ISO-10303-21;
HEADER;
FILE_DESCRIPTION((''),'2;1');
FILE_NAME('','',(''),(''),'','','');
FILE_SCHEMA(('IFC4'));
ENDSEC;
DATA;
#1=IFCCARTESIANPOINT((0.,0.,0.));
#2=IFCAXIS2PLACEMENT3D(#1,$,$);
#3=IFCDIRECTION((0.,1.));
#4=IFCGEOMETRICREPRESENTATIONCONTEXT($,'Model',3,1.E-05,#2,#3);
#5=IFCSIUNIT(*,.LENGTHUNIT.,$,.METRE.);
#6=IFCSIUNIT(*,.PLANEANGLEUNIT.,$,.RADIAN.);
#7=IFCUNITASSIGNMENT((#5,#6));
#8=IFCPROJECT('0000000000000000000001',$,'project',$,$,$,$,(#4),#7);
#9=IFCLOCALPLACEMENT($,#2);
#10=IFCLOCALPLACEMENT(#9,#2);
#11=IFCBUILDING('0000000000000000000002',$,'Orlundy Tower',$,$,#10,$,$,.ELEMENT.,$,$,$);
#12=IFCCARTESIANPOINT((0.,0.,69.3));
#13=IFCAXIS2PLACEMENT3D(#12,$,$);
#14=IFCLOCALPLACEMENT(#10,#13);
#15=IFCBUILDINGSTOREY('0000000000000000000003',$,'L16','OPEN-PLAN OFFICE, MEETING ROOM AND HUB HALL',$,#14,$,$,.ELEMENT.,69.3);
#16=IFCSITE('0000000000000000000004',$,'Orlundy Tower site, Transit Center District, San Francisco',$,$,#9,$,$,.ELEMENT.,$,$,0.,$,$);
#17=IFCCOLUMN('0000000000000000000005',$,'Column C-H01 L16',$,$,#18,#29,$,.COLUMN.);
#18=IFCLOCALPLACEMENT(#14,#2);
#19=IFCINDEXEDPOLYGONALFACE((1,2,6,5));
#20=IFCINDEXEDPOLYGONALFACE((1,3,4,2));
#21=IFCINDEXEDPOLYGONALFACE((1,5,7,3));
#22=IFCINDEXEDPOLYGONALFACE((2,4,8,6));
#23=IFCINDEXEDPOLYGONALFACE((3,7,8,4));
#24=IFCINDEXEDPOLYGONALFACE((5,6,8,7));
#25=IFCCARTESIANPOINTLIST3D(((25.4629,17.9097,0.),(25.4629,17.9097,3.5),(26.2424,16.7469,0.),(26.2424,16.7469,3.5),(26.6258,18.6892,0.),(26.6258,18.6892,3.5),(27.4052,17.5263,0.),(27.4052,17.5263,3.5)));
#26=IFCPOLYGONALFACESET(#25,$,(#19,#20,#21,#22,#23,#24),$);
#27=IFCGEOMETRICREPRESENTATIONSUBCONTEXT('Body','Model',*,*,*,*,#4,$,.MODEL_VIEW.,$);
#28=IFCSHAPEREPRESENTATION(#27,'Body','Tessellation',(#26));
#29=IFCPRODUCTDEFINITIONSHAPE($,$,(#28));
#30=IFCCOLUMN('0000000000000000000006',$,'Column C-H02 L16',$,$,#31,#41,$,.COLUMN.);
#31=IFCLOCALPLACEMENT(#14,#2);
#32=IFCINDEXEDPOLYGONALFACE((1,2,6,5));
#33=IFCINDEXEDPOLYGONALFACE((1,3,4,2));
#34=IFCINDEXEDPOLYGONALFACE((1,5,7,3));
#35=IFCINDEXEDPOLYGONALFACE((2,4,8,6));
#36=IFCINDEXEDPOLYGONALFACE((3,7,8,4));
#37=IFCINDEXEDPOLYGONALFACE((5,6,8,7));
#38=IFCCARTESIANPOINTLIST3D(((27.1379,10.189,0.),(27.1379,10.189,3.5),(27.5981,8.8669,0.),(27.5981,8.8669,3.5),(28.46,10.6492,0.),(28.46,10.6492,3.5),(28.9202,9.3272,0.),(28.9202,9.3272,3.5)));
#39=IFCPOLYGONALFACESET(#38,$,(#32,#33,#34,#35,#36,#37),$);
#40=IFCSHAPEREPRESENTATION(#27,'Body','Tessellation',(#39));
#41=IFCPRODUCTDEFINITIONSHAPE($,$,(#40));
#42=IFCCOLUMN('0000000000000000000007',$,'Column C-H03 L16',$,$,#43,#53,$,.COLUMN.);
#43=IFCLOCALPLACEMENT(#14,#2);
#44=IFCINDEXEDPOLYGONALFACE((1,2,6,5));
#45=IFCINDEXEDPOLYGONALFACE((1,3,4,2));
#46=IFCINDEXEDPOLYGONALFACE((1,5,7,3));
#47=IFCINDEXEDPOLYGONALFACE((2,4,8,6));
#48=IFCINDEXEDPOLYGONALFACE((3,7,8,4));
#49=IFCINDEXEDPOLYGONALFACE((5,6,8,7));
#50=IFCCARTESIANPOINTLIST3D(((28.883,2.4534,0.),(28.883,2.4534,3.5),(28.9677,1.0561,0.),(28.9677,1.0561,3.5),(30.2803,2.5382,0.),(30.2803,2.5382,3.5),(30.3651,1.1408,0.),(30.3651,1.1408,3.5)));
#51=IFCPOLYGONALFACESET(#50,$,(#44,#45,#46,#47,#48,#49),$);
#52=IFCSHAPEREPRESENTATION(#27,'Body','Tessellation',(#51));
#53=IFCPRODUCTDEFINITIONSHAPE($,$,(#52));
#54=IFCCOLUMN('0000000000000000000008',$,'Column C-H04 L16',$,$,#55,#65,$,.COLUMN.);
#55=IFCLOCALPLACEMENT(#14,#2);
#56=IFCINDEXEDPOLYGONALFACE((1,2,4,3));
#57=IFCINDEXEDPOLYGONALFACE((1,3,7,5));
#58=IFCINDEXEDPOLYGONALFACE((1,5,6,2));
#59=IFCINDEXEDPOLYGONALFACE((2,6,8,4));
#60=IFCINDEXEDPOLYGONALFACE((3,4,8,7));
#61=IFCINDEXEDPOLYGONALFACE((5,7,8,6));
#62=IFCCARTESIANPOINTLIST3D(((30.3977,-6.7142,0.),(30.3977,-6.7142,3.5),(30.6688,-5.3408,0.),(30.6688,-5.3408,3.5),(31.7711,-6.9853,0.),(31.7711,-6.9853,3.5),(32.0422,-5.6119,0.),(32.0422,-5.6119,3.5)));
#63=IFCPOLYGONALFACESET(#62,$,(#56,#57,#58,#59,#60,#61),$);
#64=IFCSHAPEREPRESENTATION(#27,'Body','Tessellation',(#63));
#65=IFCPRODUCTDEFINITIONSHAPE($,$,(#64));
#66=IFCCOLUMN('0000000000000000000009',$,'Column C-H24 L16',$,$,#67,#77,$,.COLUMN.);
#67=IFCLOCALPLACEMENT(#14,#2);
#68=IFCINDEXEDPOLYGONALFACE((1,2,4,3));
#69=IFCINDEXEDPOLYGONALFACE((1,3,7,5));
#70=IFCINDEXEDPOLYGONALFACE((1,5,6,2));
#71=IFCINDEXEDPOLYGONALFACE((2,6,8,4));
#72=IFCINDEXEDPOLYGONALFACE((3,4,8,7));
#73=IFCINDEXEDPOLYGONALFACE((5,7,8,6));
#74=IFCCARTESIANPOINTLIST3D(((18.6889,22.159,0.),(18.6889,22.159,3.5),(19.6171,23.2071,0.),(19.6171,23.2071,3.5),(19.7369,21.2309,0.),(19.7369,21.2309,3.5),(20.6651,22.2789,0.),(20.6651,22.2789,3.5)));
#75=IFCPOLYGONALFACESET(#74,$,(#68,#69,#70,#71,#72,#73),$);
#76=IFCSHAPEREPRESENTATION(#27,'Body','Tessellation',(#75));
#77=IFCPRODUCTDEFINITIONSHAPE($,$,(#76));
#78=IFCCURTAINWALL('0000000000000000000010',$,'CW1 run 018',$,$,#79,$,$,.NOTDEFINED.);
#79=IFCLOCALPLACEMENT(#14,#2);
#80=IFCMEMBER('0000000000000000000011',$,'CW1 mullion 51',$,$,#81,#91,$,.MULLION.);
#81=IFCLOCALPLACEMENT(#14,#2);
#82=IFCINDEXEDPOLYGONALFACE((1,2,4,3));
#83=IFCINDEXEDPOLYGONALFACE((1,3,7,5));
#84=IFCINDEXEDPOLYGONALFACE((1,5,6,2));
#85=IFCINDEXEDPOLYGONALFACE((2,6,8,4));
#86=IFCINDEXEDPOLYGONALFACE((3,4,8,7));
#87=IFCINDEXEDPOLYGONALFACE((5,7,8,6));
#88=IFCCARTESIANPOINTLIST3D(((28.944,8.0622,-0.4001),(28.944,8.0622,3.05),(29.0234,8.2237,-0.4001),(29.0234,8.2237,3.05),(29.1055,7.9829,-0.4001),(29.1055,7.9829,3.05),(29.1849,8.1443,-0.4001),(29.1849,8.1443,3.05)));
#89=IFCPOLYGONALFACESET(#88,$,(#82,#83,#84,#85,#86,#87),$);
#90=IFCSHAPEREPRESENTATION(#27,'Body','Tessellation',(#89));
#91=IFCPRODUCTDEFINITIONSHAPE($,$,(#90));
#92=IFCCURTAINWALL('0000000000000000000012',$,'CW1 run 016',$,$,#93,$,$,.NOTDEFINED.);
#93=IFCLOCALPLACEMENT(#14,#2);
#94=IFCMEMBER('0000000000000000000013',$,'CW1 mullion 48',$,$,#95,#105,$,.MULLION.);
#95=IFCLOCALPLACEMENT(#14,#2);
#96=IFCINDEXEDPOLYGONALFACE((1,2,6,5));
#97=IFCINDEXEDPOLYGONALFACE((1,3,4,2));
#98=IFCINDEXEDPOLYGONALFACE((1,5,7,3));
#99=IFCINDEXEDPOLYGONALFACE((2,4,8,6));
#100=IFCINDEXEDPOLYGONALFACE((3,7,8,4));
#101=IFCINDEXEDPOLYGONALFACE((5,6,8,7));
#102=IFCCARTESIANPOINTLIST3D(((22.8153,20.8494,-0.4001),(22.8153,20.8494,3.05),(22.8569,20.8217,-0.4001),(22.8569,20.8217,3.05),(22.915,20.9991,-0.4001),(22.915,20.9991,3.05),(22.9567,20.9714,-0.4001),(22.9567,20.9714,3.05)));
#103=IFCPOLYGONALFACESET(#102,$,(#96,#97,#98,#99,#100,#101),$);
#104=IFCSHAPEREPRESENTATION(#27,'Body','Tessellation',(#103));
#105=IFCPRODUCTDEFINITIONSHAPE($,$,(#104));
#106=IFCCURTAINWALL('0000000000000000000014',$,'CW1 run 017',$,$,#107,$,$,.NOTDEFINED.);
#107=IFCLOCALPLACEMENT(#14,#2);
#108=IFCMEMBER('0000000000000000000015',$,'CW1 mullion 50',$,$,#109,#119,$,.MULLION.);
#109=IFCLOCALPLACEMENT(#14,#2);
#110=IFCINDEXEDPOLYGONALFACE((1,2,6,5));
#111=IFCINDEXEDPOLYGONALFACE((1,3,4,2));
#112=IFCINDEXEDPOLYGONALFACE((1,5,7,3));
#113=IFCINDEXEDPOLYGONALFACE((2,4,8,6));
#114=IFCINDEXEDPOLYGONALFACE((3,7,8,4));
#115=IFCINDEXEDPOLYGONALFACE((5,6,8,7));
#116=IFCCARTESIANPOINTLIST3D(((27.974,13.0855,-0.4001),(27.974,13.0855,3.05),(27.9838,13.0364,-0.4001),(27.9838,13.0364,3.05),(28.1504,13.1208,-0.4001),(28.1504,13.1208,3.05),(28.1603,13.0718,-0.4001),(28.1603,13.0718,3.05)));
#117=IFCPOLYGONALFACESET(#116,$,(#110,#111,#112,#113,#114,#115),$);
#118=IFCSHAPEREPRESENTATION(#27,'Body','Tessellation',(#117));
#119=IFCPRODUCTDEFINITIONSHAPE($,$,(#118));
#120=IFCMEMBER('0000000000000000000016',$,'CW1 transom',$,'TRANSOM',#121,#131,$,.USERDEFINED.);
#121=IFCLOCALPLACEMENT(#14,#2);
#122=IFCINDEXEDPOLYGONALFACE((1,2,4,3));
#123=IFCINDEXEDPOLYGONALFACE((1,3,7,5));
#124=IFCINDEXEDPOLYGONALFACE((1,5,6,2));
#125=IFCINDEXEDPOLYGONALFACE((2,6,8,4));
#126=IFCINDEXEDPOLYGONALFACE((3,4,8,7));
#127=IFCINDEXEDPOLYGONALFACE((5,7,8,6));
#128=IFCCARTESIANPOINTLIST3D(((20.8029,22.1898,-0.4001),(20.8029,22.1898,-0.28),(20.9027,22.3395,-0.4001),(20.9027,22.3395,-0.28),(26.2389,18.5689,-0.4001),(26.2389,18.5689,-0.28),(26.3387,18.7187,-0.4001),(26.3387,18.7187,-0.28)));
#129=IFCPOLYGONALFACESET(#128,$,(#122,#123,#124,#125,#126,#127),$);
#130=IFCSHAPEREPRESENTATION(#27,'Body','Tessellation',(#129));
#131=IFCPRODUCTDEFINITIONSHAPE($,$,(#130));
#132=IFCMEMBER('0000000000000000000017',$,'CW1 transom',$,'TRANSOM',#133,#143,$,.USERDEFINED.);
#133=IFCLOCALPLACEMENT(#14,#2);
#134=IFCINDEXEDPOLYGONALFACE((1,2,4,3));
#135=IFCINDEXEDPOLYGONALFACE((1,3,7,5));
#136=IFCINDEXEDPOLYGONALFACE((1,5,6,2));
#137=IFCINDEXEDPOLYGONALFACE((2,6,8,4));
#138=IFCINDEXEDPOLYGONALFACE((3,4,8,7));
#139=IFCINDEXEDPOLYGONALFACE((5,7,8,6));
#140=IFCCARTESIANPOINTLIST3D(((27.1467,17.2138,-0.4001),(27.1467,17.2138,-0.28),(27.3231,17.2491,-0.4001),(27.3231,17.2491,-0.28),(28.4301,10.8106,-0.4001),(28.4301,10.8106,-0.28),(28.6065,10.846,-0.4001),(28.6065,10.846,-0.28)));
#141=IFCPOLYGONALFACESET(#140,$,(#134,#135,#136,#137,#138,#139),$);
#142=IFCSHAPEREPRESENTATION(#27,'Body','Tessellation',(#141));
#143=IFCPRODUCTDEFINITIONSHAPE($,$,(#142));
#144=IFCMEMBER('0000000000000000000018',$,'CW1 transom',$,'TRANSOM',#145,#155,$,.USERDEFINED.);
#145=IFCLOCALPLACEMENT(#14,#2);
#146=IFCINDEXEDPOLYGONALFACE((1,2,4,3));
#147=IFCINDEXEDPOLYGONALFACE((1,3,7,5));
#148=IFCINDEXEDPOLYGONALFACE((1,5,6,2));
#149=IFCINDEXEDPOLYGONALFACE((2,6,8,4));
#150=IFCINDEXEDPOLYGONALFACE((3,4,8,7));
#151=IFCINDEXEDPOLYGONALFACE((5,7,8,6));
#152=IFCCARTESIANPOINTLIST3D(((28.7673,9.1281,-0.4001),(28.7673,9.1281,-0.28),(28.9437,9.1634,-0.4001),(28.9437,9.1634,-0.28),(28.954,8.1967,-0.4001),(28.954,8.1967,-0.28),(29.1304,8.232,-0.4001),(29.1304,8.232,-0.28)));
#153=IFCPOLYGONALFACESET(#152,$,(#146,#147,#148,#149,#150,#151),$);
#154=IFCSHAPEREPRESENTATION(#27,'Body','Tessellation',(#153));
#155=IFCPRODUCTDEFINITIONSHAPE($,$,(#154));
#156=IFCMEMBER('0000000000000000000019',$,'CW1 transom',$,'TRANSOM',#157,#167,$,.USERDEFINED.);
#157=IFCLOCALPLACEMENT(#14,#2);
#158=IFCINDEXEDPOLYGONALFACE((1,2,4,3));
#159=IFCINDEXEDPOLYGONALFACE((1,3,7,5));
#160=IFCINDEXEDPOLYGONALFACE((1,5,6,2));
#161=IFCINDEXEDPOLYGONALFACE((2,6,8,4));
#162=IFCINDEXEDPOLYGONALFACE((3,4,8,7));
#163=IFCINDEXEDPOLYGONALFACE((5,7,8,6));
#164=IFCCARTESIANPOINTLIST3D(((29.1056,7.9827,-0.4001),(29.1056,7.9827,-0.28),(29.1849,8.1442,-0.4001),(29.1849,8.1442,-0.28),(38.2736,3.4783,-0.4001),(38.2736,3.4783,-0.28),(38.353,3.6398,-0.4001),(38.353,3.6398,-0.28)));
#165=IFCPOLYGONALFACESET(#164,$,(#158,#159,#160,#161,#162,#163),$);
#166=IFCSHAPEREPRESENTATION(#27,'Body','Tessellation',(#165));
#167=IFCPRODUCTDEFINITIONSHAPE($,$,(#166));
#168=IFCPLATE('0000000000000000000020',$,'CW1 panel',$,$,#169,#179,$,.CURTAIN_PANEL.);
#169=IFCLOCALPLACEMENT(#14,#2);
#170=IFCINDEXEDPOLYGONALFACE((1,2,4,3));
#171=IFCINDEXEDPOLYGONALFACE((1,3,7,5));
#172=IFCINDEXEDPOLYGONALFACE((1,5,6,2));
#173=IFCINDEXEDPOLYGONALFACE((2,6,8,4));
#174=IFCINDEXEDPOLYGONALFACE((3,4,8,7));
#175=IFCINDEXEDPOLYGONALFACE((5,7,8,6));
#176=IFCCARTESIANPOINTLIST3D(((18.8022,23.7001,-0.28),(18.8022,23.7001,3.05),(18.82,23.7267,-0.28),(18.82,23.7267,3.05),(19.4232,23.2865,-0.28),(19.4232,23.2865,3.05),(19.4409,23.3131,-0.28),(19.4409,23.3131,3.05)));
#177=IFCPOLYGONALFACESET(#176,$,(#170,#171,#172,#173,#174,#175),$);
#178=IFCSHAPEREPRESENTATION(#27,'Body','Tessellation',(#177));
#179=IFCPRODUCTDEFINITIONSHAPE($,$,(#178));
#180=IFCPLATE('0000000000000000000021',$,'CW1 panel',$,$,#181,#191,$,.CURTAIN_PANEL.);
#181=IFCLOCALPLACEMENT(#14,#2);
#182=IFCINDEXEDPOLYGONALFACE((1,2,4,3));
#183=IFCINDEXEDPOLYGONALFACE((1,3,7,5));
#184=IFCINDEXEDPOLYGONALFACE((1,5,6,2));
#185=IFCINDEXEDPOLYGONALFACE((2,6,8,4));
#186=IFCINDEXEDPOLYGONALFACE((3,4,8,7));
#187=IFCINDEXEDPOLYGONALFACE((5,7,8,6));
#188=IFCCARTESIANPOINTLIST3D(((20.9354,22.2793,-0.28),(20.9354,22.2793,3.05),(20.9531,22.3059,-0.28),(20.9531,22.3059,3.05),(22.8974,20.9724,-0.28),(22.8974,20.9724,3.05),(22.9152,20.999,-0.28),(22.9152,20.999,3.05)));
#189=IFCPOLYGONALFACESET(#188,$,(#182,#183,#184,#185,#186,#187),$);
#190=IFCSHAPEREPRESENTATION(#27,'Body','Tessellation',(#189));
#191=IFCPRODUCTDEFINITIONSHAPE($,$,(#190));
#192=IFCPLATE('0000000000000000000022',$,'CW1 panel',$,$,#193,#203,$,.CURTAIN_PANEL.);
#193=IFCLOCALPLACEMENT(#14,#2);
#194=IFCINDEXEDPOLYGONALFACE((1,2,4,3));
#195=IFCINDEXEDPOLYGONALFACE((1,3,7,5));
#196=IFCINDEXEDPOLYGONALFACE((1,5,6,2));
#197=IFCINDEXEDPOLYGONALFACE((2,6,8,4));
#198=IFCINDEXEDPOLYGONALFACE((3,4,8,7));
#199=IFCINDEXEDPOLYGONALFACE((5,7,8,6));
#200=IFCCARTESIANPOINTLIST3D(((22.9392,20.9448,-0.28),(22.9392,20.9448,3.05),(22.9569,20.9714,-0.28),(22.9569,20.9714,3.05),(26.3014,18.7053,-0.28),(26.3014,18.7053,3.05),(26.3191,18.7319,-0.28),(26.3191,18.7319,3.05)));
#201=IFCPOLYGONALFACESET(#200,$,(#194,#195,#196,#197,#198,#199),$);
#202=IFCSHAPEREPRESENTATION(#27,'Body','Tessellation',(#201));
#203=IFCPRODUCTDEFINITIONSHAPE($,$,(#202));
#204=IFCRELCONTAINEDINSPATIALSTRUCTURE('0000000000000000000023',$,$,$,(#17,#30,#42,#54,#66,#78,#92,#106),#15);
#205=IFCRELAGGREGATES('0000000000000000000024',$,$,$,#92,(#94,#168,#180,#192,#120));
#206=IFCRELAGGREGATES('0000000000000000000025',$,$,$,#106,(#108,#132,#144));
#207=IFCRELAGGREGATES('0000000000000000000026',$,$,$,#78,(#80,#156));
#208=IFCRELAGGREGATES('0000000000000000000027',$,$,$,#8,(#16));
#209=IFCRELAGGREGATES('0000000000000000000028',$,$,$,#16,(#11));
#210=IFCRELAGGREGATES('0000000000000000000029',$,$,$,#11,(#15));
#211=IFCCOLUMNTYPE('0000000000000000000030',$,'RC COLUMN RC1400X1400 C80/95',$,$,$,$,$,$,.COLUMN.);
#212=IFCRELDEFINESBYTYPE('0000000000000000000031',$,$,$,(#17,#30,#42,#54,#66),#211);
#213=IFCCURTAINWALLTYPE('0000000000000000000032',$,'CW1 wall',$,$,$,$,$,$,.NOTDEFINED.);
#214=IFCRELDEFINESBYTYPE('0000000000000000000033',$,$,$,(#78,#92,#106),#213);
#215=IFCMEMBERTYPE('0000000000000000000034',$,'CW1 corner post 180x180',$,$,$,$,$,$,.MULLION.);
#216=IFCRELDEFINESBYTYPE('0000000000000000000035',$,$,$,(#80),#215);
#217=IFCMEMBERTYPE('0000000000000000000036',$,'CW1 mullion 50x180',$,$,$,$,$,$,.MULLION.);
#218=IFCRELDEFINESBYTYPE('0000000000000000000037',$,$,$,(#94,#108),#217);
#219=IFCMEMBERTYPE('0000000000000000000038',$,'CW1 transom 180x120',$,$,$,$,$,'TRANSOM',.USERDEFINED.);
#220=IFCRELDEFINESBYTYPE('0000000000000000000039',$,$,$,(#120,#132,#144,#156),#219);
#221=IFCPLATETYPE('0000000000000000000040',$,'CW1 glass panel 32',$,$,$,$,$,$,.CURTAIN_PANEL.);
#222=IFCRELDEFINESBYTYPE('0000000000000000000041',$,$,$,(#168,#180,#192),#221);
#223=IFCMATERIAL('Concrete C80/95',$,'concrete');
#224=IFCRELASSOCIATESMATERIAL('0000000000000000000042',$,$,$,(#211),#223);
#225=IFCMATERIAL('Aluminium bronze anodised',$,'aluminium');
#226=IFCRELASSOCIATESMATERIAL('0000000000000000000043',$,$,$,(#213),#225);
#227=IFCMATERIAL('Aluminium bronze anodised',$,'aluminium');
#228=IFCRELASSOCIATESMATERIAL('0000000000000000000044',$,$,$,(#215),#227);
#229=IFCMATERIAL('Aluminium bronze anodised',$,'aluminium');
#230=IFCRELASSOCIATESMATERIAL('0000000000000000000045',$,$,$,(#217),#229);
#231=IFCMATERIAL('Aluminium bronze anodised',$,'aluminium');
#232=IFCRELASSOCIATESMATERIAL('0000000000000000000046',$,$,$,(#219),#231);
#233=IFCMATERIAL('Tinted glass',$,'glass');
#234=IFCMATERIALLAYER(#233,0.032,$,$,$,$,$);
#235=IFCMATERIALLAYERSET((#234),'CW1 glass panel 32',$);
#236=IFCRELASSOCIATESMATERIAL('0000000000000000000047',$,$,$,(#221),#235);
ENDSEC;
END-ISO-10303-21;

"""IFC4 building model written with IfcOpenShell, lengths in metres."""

from ifc_helpers import new_model, si_unit, direction, frame, origin, origin_2d, place, context, subcontext, project, spatial, rectangle, extrude, material, layer, layer_set, material_profile, profile_set, type_object, element, aggregate, save


model = new_model("IFC4")

# Units and contexts
model_context = context("Model", 3, precision=1e-05, world=origin(), true_north=direction((0.0, 1.0)))
body_context = subcontext(model_context, "Body", "Model", "MODEL_VIEW")
ifc_project = project(units=[si_unit("LENGTHUNIT", "METRE"), si_unit("PLANEANGLEUNIT", "RADIAN")], contexts=[model_context])

# Site, building, storey
site_placement = place(None, origin())
site = spatial("IfcSite", under=ifc_project, at=site_placement, Name="Orlundy Tower site, Transit Center District, San Francisco", CompositionType="ELEMENT", RefElevation=0.0)
building_placement = place(site_placement, origin())
building = spatial("IfcBuilding", under=site, at=building_placement, Name="Orlundy Tower", CompositionType="ELEMENT")
storey_placement = place(building_placement, frame((0.0, 0.0, 69.3)))
storey = spatial("IfcBuildingStorey", under=building, at=storey_placement, Name="L16", Description="OPEN-PLAN OFFICE, MEETING ROOM AND HUB HALL", CompositionType="ELEMENT", Elevation=69.3)

# Columns
ifc_material_1 = material(Name="Concrete C80/95", Category="concrete")
ifc_material_profile_1 = material_profile(ifc_material_1, rectangle(XDim=1.3999, YDim=1.3999, at=origin_2d()), Name="RC1400X1400")
ifc_profile_set_1 = profile_set([ifc_material_profile_1], Name="Concrete C80/95")
column_type = type_object("IfcColumnType", Name="RC COLUMN RC1400X1400 C80/95", PredefinedType="COLUMN", material=ifc_profile_set_1)
for number, where, z_axis, x_axis, name in (
    (1, (26.4341, 17.718, 0.0), (0.0, 0.0, 1.0), (0.830664, 0.556774, 0.0), "Column C-H01 L16"),
    (2, (28.0291, 9.7581, 0.0), (0.0, 0.0, 1.0), (0.944405, 0.328784, 0.0), "Column C-H02 L16"),
    (3, (29.624, 1.7971, 0.0), (0.0, 0.0, 1.0), (0.998166, 0.060543, 0.0), "Column C-H03 L16"),
    (4, (31.22, -6.1631, 0.0), (0.0, 0.0, 1.0), (0.981067, -0.193669, 0.0), "Column C-H04 L16"),
    (5, (19.677, 22.219, 0.0), (0.0, 0.0, 1.0), (0.662986, 0.748632, 0.0), "Column C-H24 L16"),
):
    element("IfcColumn", number, at=place(storey_placement, frame(where, z_axis=z_axis, x_axis=x_axis)), inside=storey, type_object=column_type, Name=name, PredefinedType="COLUMN", context=body_context, shape_type="SweptSolid", body=[
        extrude(rectangle(XDim=1.3999, YDim=1.3999, at=origin_2d()), origin(), (0.0, 0.0, 1.0), 3.5),
    ])

# Curtain walls, members
ifc_material_2 = material(Name="Aluminium bronze anodised", Category="aluminium")
curtain_wall_type = type_object("IfcCurtainWallType", Name="CW1 wall", PredefinedType="NOTDEFINED", material=ifc_material_2)
curtain_wall_1_placement = place(storey_placement, origin())
curtain_wall_1 = element("IfcCurtainWall", 6, at=curtain_wall_1_placement, inside=storey, type_object=curtain_wall_type, Name="CW1 run 018", PredefinedType="NOTDEFINED")
ifc_material_3 = material(Name="Aluminium bronze anodised", Category="aluminium")
ifc_material_profile_2 = material_profile(ifc_material_3, rectangle(XDim=0.1799, YDim=0.1799, at=origin_2d()), Name="CW1 corner post 180x180")
ifc_profile_set_2 = profile_set([ifc_material_profile_2], Name="Aluminium bronze anodised")
member_type_1 = type_object("IfcMemberType", Name="CW1 corner post 180x180", PredefinedType="MULLION", material=ifc_profile_set_2)
member_1_placement = place(storey_placement, frame((29.0645, 8.1033, -0.4001), z_axis=(0.0, 0.0, 1.0), x_axis=(0.440978, 0.897518, 0.0)))
member_1 = element("IfcMember", 7, at=member_1_placement, type_object=member_type_1, Name="CW1 mullion 51", PredefinedType="MULLION", context=body_context, shape_type="SweptSolid", body=[
    extrude(rectangle(XDim=0.1799, YDim=0.1799, at=origin_2d()), origin(), (0.0, 0.0, 1.0), 3.4502),
])
curtain_wall_2_placement = place(storey_placement, origin())
curtain_wall_2 = element("IfcCurtainWall", 8, at=curtain_wall_2_placement, inside=storey, type_object=curtain_wall_type, Name="CW1 run 016", PredefinedType="NOTDEFINED")
ifc_material_4 = material(Name="Aluminium bronze anodised", Category="aluminium")
ifc_material_profile_3 = material_profile(ifc_material_4, rectangle(XDim=0.1799, YDim=0.05, at=origin_2d()), Name="CW1 mullion 50x180")
ifc_profile_set_3 = profile_set([ifc_material_profile_3], Name="Aluminium bronze anodised")
member_type_2 = type_object("IfcMemberType", Name="CW1 mullion 50x180", PredefinedType="MULLION", material=ifc_profile_set_3)
member_2_placement = place(storey_placement, frame((22.886, 20.9104, -0.4001), z_axis=(0.0, 0.0, 1.0), x_axis=(0.554357, 0.832279, 0.0)))
member_2 = element("IfcMember", 9, at=member_2_placement, type_object=member_type_2, Name="CW1 mullion 48", PredefinedType="MULLION", context=body_context, shape_type="SweptSolid", body=[
    extrude(rectangle(XDim=0.1799, YDim=0.05, at=origin_2d()), origin(), (0.0, 0.0, 1.0), 3.4502),
])
curtain_wall_3_placement = place(storey_placement, origin())
curtain_wall_3 = element("IfcCurtainWall", 10, at=curtain_wall_3_placement, inside=storey, type_object=curtain_wall_type, Name="CW1 run 017", PredefinedType="NOTDEFINED")
member_3_placement = place(storey_placement, frame((28.0671, 13.0786, -0.4001), z_axis=(0.0, 0.0, 1.0), x_axis=(0.980498, 0.196529, 0.0)))
member_3 = element("IfcMember", 11, at=member_3_placement, type_object=member_type_2, Name="CW1 mullion 50", PredefinedType="MULLION", context=body_context, shape_type="SweptSolid", body=[
    extrude(rectangle(XDim=0.1799, YDim=0.05, at=origin_2d()), origin(), (0.0, 0.0, 1.0), 3.4502),
])

# Members
ifc_material_5 = material(Name="Aluminium bronze anodised", Category="aluminium")
ifc_material_profile_4 = material_profile(ifc_material_5, rectangle(XDim=0.1799, YDim=0.1201, at=origin_2d()), Name="CW1 transom 180x120")
ifc_profile_set_4 = profile_set([ifc_material_profile_4], Name="Aluminium bronze anodised")
member_type_3 = type_object("IfcMemberType", Name="CW1 transom 180x120", ElementType="TRANSOM", PredefinedType="USERDEFINED", material=ifc_profile_set_4)
member_4_placement = place(storey_placement, frame((20.8528, 22.2646, -0.3401), z_axis=(0.832274, -0.554364, 0.0), x_axis=(0.554364, 0.832274, 0.0)))
member_4 = element("IfcMember", 12, at=member_4_placement, type_object=member_type_3, Name="CW1 transom", ObjectType="TRANSOM", PredefinedType="USERDEFINED", context=body_context, shape_type="SweptSolid", body=[
    extrude(rectangle(XDim=0.1799, YDim=0.1201, at=origin_2d()), origin(), (0.0, 0.0, 1.0), 6.5315),
])
member_5_placement = place(storey_placement, frame((27.2349, 17.2314, -0.3401), z_axis=(0.196533, -0.980497, 0.0), x_axis=(0.980497, 0.196533, 0.0)))
member_5 = element("IfcMember", 13, at=member_5_placement, type_object=member_type_3, Name="CW1 transom", ObjectType="TRANSOM", PredefinedType="USERDEFINED", context=body_context, shape_type="SweptSolid", body=[
    extrude(rectangle(XDim=0.1799, YDim=0.1201, at=origin_2d()), origin(), (0.0, 0.0, 1.0), 6.5305),
])
member_6_placement = place(storey_placement, frame((28.8555, 9.1458, -0.3401), z_axis=(0.19661, -0.980482, 0.0), x_axis=(0.980482, 0.19661, 0.0)))
member_6 = element("IfcMember", 14, at=member_6_placement, type_object=member_type_3, Name="CW1 transom", ObjectType="TRANSOM", PredefinedType="USERDEFINED", context=body_context, shape_type="SweptSolid", body=[
    extrude(rectangle(XDim=0.1799, YDim=0.1201, at=origin_2d()), origin(), (0.0, 0.0, 1.0), 0.95),
])
member_7_placement = place(storey_placement, frame((29.1453, 8.0635, -0.3401), z_axis=(0.897522, -0.440969, 0.0), x_axis=(0.440969, 0.897522, 0.0)))
member_7 = element("IfcMember", 15, at=member_7_placement, type_object=member_type_3, Name="CW1 transom", ObjectType="TRANSOM", PredefinedType="USERDEFINED", context=body_context, shape_type="SweptSolid", body=[
    extrude(rectangle(XDim=0.1799, YDim=0.1201, at=origin_2d()), origin(), (0.0, 0.0, 1.0), 10.2148),
])

# Plates
ifc_material_6 = material(Name="Tinted glass", Category="glass")
ifc_layer_1 = layer(ifc_material_6, 0.032)
ifc_layer_set_1 = layer_set([ifc_layer_1], Name="CW1 glass panel 32")
plate_type = type_object("IfcPlateType", Name="CW1 glass panel 32", PredefinedType="CURTAIN_PANEL", material=ifc_layer_set_1)
plate_1_placement = place(storey_placement, frame((19.1216, 23.5066, -0.28), z_axis=(0.0, 0.0, 1.0), x_axis=(0.832279, -0.554357, 0.0)))
plate_1 = element("IfcPlate", 16, at=plate_1_placement, type_object=plate_type, Name="CW1 panel", PredefinedType="CURTAIN_PANEL", context=body_context, shape_type="SweptSolid", body=[
    extrude(rectangle(XDim=0.7461, YDim=0.032, at=origin_2d()), origin(), (0.0, 0.0, 1.0), 3.3301),
])
plate_2_placement = place(storey_placement, frame((21.9253, 21.6392, -0.28), z_axis=(0.0, 0.0, 1.0), x_axis=(0.832279, -0.554357, 0.0)))
plate_2 = element("IfcPlate", 17, at=plate_2_placement, type_object=plate_type, Name="CW1 panel", PredefinedType="CURTAIN_PANEL", context=body_context, shape_type="SweptSolid", body=[
    extrude(rectangle(XDim=2.3574, YDim=0.032, at=origin_2d()), origin(), (0.0, 0.0, 1.0), 3.3301),
])
plate_3_placement = place(storey_placement, frame((24.6292, 19.8384, -0.28), z_axis=(0.0, 0.0, 1.0), x_axis=(0.832279, -0.554357, 0.0)))
plate_3 = element("IfcPlate", 18, at=plate_3_placement, type_object=plate_type, Name="CW1 panel", PredefinedType="CURTAIN_PANEL", context=body_context, shape_type="SweptSolid", body=[
    extrude(rectangle(XDim=4.0398, YDim=0.032, at=origin_2d()), origin(), (0.0, 0.0, 1.0), 3.3301),
])
aggregate(curtain_wall_2, [member_2, plate_1, plate_2, plate_3, member_4])
aggregate(curtain_wall_3, [member_3, member_5, member_6])
aggregate(curtain_wall_1, [member_1, member_7])

save(model, "model.ifc")
